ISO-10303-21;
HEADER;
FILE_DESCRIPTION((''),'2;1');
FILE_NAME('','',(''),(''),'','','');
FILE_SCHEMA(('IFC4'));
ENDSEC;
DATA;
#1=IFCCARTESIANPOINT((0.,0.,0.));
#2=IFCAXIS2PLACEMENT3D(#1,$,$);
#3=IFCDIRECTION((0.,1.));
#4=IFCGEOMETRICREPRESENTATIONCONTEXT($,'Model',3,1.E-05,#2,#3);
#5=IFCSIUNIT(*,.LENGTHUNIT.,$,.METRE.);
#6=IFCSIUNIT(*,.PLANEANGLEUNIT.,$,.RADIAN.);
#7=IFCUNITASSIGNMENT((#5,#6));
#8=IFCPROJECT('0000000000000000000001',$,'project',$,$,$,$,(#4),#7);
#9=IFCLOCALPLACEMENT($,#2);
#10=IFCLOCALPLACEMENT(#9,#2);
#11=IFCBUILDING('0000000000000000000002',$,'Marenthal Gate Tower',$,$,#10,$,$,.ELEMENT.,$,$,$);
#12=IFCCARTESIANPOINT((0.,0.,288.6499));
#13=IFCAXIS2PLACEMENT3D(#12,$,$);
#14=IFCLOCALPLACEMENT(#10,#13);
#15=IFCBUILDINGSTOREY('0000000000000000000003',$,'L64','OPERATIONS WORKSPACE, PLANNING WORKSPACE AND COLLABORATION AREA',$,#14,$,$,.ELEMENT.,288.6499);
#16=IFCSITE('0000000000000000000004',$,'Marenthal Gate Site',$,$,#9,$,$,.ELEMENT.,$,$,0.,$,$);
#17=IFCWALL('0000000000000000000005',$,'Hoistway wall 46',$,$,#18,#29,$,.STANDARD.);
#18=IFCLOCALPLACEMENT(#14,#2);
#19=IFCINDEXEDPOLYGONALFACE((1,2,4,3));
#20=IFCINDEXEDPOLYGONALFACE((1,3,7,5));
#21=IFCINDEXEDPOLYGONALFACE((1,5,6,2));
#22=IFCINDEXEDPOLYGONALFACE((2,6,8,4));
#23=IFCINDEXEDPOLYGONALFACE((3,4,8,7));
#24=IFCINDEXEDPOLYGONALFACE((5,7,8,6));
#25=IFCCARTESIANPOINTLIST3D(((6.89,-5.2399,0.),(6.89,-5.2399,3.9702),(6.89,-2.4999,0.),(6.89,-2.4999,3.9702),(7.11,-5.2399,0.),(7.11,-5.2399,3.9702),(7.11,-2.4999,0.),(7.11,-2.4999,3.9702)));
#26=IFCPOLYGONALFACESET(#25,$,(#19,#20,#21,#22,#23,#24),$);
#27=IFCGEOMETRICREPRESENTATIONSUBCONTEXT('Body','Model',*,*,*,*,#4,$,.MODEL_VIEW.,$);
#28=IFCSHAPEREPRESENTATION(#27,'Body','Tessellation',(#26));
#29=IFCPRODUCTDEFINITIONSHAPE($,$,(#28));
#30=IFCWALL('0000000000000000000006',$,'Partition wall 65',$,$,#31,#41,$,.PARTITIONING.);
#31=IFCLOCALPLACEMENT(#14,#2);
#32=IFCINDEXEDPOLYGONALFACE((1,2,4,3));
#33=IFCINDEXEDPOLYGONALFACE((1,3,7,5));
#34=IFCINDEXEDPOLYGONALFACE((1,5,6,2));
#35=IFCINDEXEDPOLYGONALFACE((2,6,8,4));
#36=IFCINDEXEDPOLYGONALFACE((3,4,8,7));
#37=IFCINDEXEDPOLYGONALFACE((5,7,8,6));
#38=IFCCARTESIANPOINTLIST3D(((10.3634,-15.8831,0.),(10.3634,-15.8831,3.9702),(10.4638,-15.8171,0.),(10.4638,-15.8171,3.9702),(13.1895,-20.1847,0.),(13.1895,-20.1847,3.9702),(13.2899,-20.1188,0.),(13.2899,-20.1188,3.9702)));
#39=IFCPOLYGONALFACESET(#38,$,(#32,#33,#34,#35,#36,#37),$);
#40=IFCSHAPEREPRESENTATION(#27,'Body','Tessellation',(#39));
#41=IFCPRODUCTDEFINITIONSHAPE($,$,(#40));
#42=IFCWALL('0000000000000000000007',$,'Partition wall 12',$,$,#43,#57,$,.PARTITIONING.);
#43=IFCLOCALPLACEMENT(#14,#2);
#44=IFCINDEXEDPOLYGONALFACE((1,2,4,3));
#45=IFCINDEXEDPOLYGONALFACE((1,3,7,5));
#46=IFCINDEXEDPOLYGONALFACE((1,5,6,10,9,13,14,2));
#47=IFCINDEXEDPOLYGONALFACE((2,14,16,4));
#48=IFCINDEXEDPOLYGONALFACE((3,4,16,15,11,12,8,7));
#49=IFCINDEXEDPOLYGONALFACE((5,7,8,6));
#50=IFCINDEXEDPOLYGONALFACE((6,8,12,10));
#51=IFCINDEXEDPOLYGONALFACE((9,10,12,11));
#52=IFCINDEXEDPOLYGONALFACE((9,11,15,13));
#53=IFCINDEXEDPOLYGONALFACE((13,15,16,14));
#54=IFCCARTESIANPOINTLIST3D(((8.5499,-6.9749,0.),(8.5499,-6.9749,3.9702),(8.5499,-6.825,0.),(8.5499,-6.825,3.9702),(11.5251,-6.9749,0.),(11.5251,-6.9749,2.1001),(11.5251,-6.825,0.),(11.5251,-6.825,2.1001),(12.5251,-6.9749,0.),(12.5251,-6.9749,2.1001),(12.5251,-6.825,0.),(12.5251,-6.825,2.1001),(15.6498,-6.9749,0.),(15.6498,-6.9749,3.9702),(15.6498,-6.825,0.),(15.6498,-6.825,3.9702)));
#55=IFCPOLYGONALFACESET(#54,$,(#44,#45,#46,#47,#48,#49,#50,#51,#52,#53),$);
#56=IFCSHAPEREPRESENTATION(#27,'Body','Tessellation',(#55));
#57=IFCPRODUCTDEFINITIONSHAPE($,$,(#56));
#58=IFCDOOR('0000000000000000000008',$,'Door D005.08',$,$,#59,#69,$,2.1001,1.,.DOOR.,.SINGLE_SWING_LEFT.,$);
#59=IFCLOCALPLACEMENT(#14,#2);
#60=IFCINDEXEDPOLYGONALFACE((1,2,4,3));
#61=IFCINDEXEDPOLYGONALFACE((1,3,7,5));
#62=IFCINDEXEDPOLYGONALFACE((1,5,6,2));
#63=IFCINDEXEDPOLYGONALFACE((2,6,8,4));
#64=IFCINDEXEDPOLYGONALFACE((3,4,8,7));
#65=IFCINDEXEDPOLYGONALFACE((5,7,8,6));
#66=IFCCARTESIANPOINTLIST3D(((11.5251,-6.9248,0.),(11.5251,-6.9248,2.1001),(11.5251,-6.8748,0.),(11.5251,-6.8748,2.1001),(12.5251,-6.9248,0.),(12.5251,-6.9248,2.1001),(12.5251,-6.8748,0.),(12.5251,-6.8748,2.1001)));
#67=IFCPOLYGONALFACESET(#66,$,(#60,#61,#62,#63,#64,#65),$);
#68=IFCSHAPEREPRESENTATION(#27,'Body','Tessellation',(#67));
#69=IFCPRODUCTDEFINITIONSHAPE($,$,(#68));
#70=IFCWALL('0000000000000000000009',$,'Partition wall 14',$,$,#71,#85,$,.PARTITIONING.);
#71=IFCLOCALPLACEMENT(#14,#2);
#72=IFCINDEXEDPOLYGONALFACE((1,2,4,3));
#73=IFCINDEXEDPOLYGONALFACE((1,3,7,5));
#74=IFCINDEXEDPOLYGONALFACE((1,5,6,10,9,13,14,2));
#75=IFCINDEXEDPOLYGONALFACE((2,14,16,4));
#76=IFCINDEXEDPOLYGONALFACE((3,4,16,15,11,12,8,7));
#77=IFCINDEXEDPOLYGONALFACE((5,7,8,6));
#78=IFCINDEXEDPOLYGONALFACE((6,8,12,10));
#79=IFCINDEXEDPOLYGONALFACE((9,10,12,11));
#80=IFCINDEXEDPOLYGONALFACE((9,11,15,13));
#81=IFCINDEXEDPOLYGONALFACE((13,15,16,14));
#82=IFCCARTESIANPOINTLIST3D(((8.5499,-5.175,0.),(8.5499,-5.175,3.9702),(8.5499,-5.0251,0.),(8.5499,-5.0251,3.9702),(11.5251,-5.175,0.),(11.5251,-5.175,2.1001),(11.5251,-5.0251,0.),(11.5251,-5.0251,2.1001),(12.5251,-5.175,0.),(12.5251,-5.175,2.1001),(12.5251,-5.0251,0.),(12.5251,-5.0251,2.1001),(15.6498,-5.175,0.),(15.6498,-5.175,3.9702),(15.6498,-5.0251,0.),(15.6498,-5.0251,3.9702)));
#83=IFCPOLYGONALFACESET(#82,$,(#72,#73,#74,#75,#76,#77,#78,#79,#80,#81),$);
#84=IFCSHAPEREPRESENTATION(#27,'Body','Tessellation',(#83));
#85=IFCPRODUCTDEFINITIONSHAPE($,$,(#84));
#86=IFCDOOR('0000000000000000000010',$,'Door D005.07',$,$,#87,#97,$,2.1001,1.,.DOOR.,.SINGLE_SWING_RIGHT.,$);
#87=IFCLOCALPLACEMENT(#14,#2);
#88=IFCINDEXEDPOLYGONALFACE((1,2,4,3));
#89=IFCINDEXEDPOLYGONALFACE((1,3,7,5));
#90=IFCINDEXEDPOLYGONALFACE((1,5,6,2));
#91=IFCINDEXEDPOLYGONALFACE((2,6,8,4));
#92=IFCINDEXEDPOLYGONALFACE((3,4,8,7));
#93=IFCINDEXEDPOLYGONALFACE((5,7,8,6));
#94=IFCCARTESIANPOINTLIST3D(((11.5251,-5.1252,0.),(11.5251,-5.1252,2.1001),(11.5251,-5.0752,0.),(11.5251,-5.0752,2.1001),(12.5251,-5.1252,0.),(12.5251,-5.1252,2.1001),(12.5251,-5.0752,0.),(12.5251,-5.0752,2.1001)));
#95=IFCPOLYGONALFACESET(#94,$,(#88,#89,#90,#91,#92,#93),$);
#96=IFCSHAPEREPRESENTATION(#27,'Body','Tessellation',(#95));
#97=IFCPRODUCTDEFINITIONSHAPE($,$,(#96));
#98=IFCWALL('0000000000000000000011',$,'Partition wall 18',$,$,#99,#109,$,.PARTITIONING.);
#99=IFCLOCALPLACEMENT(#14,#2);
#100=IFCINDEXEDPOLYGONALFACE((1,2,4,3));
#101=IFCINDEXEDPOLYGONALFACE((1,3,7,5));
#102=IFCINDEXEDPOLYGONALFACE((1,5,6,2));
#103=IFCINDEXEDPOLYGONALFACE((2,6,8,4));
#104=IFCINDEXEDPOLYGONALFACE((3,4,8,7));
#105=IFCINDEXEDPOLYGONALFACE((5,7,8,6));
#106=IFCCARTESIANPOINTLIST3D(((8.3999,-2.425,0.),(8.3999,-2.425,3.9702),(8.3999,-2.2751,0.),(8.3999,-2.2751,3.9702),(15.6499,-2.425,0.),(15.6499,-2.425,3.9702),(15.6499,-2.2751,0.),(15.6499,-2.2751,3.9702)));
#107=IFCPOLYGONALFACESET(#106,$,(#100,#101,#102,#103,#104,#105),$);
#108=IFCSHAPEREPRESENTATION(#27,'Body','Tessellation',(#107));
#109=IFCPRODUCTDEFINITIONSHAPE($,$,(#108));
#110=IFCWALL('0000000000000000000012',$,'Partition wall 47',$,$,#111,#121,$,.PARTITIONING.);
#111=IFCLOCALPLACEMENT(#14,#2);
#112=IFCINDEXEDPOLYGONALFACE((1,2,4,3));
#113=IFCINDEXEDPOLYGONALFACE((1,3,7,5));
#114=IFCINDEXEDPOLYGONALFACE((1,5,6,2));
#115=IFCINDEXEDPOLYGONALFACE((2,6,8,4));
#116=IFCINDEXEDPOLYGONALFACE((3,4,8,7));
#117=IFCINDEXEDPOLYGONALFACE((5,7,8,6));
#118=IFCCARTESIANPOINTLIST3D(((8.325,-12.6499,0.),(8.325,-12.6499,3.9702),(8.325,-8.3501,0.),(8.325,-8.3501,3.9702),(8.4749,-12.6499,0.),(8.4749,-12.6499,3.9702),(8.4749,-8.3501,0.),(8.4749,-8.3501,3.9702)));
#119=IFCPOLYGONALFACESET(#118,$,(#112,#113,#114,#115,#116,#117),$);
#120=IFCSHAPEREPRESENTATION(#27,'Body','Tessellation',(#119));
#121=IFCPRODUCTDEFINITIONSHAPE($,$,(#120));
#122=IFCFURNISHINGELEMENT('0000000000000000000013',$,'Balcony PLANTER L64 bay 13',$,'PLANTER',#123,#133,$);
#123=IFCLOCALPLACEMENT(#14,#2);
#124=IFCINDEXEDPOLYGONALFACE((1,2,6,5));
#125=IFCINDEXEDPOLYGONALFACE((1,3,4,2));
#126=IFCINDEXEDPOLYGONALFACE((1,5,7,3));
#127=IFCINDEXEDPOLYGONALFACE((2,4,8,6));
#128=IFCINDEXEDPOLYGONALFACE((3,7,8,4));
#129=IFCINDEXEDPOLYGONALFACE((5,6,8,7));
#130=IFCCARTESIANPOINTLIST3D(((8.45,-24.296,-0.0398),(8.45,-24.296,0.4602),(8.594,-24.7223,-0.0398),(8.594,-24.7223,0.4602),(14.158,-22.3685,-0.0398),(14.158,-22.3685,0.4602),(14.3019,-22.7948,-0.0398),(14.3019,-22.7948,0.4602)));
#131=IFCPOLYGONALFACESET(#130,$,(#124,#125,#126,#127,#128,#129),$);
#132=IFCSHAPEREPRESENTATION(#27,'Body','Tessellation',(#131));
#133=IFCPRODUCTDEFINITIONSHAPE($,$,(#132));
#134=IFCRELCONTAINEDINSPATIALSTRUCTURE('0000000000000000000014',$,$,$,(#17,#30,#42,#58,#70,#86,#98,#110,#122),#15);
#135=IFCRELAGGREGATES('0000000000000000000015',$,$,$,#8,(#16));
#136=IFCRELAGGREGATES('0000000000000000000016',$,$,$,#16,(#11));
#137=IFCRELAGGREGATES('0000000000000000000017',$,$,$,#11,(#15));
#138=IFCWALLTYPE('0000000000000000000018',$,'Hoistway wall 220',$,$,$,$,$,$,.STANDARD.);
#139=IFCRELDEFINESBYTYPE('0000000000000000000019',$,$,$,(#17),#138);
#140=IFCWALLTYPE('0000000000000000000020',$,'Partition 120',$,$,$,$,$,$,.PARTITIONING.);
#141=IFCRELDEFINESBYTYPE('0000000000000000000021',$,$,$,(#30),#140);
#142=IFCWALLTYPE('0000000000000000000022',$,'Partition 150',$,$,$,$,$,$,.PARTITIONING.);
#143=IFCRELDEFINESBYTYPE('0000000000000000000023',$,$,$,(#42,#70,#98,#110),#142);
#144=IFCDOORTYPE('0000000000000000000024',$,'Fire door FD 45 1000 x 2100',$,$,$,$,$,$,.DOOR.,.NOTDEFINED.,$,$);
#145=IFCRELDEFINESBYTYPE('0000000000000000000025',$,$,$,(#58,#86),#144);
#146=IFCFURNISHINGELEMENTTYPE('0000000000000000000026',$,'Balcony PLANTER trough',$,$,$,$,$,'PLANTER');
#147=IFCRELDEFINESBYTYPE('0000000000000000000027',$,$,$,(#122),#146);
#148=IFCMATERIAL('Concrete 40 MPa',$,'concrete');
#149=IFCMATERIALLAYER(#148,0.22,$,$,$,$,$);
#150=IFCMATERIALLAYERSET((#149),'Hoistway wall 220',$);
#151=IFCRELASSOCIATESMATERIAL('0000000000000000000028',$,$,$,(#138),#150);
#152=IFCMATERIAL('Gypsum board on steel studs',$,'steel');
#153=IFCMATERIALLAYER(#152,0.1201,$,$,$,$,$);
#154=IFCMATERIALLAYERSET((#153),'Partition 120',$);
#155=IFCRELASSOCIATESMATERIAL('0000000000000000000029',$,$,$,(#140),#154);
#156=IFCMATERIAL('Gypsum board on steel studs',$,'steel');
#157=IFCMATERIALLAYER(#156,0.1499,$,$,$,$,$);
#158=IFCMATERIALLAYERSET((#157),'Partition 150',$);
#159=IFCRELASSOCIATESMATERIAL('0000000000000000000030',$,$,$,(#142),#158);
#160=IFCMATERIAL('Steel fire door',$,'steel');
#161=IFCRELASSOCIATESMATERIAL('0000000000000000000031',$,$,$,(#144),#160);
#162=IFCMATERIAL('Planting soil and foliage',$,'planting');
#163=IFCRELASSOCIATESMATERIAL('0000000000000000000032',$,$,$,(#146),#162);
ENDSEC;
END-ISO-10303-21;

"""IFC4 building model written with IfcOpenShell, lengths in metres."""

from ifc_helpers import new_model, si_unit, direction, frame, frame_2d, origin, origin_2d, place, context, subcontext, project, spatial, rectangle, extrude, material, layer, layer_set, type_object, element, fill, save


model = new_model("IFC4")

# Units and contexts
model_context = context("Model", 3, precision=1e-05, world=origin(), true_north=direction((0.0, 1.0)))
body_context = subcontext(model_context, "Body", "Model", "MODEL_VIEW")
ifc_project = project(units=[si_unit("LENGTHUNIT", "METRE"), si_unit("PLANEANGLEUNIT", "RADIAN")], contexts=[model_context])

# Site, building, storey
site_placement = place(None, origin())
site = spatial("IfcSite", under=ifc_project, at=site_placement, Name="Marenthal Gate Site", CompositionType="ELEMENT", RefElevation=0.0)
building_placement = place(site_placement, origin())
building = spatial("IfcBuilding", under=site, at=building_placement, Name="Marenthal Gate Tower", CompositionType="ELEMENT")
storey_placement = place(building_placement, frame((0.0, 0.0, 288.6499)))
storey = spatial("IfcBuildingStorey", under=building, at=storey_placement, Name="L64", Description="OPERATIONS WORKSPACE, PLANNING WORKSPACE AND COLLABORATION AREA", CompositionType="ELEMENT", Elevation=288.6499)

# Walls
ifc_material_1 = material(Name="Concrete 40 MPa", Category="concrete")
ifc_layer_1 = layer(ifc_material_1, 0.22)
ifc_layer_set_1 = layer_set([ifc_layer_1], Name="Hoistway wall 220")
wall_type_1 = type_object("IfcWallType", Name="Hoistway wall 220", PredefinedType="STANDARD", material=ifc_layer_set_1)
wall_1_placement = place(storey_placement, frame((7.0, -5.24, 0.0), z_axis=(0.0, 0.0, 1.0), x_axis=(0.0, 1.0, 0.0)))
element("IfcWall", 1, at=wall_1_placement, inside=storey, type_object=wall_type_1, Name="Hoistway wall 46", PredefinedType="STANDARD", context=body_context, shape_type="SweptSolid", body=[
    extrude(rectangle(XDim=2.74, YDim=0.22, at=frame_2d((1.3701, 0.0))), origin(), (0.0, 0.0, 1.0), 3.9702),
])
ifc_material_2 = material(Name="Gypsum board on steel studs", Category="steel")
ifc_layer_2 = layer(ifc_material_2, 0.1201)
ifc_layer_set_2 = layer_set([ifc_layer_2], Name="Partition 120")
wall_type_2 = type_object("IfcWallType", Name="Partition 120", PredefinedType="PARTITIONING", material=ifc_layer_set_2)
wall_2_placement = place(storey_placement, frame((10.4136, -15.8501, 0.0), z_axis=(0.0, 0.0, 1.0), x_axis=(0.549083, -0.835768, 0.0)))
element("IfcWall", 2, at=wall_2_placement, inside=storey, type_object=wall_type_2, Name="Partition wall 65", PredefinedType="PARTITIONING", context=body_context, shape_type="SweptSolid", body=[
    extrude(rectangle(XDim=5.147, YDim=0.1201, at=frame_2d((2.5735, 0.0))), origin(), (0.0, 0.0, 1.0), 3.9702),
])

# Walls, openings, doors
ifc_material_3 = material(Name="Gypsum board on steel studs", Category="steel")
ifc_layer_3 = layer(ifc_material_3, 0.1499)
ifc_layer_set_3 = layer_set([ifc_layer_3], Name="Partition 150")
wall_type_3 = type_object("IfcWallType", Name="Partition 150", PredefinedType="PARTITIONING", material=ifc_layer_set_3)
wall_3_placement = place(storey_placement, frame((8.55, -6.8999, 0.0), z_axis=(0.0, 0.0, 1.0), x_axis=(1.0, 0.0, 0.0)))
wall_3 = element("IfcWall", 3, at=wall_3_placement, inside=storey, type_object=wall_type_3, Name="Partition wall 12", PredefinedType="PARTITIONING", context=body_context, shape_type="SweptSolid", body=[
    extrude(rectangle(XDim=7.0999, YDim=0.1499, at=frame_2d((3.5498, 0.0))), origin(), (0.0, 0.0, 1.0), 3.9702),
])
opening_1_placement = place(wall_3_placement, frame((2.9751, 0.0, 0.0)))
opening_1 = element("IfcOpeningElement", 4, at=opening_1_placement, cuts=wall_3, PredefinedType="OPENING", context=body_context, shape_type="SweptSolid", body=[
    extrude(rectangle(XDim=1.0, YDim=2.1001, at=frame_2d((0.5, 1.05))), frame((0.0, 0.085, 0.0), z_axis=(0.0, -1.0, 0.0), x_axis=(1.0, 0.0, 0.0)), (0.0, 0.0, 1.0), 0.1699),
])
ifc_material_4 = material(Name="Steel fire door", Category="steel")
door_type_1 = type_object("IfcDoorType", Name="Fire door FD 45 1000 x 2100", OperationType="NOTDEFINED", PredefinedType="DOOR", material=ifc_material_4)
door_1_placement = place(opening_1_placement, frame((1.0, 0.0, 0.0), z_axis=(0.0, 0.0, 1.0), x_axis=(-1.0, 0.0, 0.0)))
door_1 = element("IfcDoor", 5, at=door_1_placement, inside=storey, type_object=door_type_1, Name="Door D005.08", OperationType="SINGLE_SWING_LEFT", OverallHeight=2.1001, OverallWidth=1.0, PredefinedType="DOOR", context=body_context, shape_type="SweptSolid", body=[
    extrude(rectangle(XDim=1.0, YDim=2.1001, at=frame_2d((0.5, 1.05))), frame((0.0, 0.0249, 0.0), z_axis=(0.0, -1.0, 0.0), x_axis=(1.0, 0.0, 0.0)), (0.0, 0.0, 1.0), 0.05),
])
fill(opening_1, door_1)
wall_4_placement = place(storey_placement, frame((8.55, -5.1001, 0.0), z_axis=(0.0, 0.0, 1.0), x_axis=(1.0, 0.0, 0.0)))
wall_4 = element("IfcWall", 6, at=wall_4_placement, inside=storey, type_object=wall_type_3, Name="Partition wall 14", PredefinedType="PARTITIONING", context=body_context, shape_type="SweptSolid", body=[
    extrude(rectangle(XDim=7.0999, YDim=0.1499, at=frame_2d((3.5498, 0.0))), origin(), (0.0, 0.0, 1.0), 3.9702),
])
opening_2_placement = place(wall_4_placement, frame((2.9751, 0.0, 0.0)))
opening_2 = element("IfcOpeningElement", 7, at=opening_2_placement, cuts=wall_4, PredefinedType="OPENING", context=body_context, shape_type="SweptSolid", body=[
    extrude(rectangle(XDim=1.0, YDim=2.1001, at=frame_2d((0.5, 1.05))), frame((0.0, 0.085, 0.0), z_axis=(0.0, -1.0, 0.0), x_axis=(1.0, 0.0, 0.0)), (0.0, 0.0, 1.0), 0.1699),
])
door_2_placement = place(opening_2_placement, origin())
door_2 = element("IfcDoor", 8, at=door_2_placement, inside=storey, type_object=door_type_1, Name="Door D005.07", OperationType="SINGLE_SWING_RIGHT", OverallHeight=2.1001, OverallWidth=1.0, PredefinedType="DOOR", context=body_context, shape_type="SweptSolid", body=[
    extrude(rectangle(XDim=1.0, YDim=2.1001, at=frame_2d((0.5, 1.05))), frame((0.0, 0.0249, 0.0), z_axis=(0.0, -1.0, 0.0), x_axis=(1.0, 0.0, 0.0)), (0.0, 0.0, 1.0), 0.05),
])
fill(opening_2, door_2)

# Walls
wall_5_placement = place(storey_placement, frame((8.3999, -2.3501, 0.0), z_axis=(0.0, 0.0, 1.0), x_axis=(1.0, 0.0, 0.0)))
element("IfcWall", 9, at=wall_5_placement, inside=storey, type_object=wall_type_3, Name="Partition wall 18", PredefinedType="PARTITIONING", context=body_context, shape_type="SweptSolid", body=[
    extrude(rectangle(XDim=7.25, YDim=0.1499, at=frame_2d((3.625, 0.0))), origin(), (0.0, 0.0, 1.0), 3.9702),
])
wall_6_placement = place(storey_placement, frame((8.3999, -12.6499, 0.0), z_axis=(0.0, 0.0, 1.0), x_axis=(0.0, 1.0, 0.0)))
element("IfcWall", 10, at=wall_6_placement, inside=storey, type_object=wall_type_3, Name="Partition wall 47", PredefinedType="PARTITIONING", context=body_context, shape_type="SweptSolid", body=[
    extrude(rectangle(XDim=4.2998, YDim=0.1499, at=frame_2d((2.1499, 0.0))), origin(), (0.0, 0.0, 1.0), 3.9702),
])

# Furnishing element
ifc_material_5 = material(Name="Planting soil and foliage", Category="planting")
furnishing_element_type = type_object("IfcFurnishingElementType", Name="Balcony PLANTER trough", ElementType="PLANTER", material=ifc_material_5)
furnishing_placement = place(storey_placement, frame((11.376, -23.5454, -0.0398), z_axis=(0.0, 0.0, 1.0), x_axis=(0.947437, 0.319942, 0.0)))
element("IfcFurnishingElement", 11, at=furnishing_placement, inside=storey, type_object=furnishing_element_type, Name="Balcony PLANTER L64 bay 13", ObjectType="PLANTER", context=body_context, shape_type="SweptSolid", body=[
    extrude(rectangle(XDim=6.0247, YDim=0.45, at=origin_2d()), origin(), (0.0, 0.0, 1.0), 0.5),
])

save(model, "model.ifc")
